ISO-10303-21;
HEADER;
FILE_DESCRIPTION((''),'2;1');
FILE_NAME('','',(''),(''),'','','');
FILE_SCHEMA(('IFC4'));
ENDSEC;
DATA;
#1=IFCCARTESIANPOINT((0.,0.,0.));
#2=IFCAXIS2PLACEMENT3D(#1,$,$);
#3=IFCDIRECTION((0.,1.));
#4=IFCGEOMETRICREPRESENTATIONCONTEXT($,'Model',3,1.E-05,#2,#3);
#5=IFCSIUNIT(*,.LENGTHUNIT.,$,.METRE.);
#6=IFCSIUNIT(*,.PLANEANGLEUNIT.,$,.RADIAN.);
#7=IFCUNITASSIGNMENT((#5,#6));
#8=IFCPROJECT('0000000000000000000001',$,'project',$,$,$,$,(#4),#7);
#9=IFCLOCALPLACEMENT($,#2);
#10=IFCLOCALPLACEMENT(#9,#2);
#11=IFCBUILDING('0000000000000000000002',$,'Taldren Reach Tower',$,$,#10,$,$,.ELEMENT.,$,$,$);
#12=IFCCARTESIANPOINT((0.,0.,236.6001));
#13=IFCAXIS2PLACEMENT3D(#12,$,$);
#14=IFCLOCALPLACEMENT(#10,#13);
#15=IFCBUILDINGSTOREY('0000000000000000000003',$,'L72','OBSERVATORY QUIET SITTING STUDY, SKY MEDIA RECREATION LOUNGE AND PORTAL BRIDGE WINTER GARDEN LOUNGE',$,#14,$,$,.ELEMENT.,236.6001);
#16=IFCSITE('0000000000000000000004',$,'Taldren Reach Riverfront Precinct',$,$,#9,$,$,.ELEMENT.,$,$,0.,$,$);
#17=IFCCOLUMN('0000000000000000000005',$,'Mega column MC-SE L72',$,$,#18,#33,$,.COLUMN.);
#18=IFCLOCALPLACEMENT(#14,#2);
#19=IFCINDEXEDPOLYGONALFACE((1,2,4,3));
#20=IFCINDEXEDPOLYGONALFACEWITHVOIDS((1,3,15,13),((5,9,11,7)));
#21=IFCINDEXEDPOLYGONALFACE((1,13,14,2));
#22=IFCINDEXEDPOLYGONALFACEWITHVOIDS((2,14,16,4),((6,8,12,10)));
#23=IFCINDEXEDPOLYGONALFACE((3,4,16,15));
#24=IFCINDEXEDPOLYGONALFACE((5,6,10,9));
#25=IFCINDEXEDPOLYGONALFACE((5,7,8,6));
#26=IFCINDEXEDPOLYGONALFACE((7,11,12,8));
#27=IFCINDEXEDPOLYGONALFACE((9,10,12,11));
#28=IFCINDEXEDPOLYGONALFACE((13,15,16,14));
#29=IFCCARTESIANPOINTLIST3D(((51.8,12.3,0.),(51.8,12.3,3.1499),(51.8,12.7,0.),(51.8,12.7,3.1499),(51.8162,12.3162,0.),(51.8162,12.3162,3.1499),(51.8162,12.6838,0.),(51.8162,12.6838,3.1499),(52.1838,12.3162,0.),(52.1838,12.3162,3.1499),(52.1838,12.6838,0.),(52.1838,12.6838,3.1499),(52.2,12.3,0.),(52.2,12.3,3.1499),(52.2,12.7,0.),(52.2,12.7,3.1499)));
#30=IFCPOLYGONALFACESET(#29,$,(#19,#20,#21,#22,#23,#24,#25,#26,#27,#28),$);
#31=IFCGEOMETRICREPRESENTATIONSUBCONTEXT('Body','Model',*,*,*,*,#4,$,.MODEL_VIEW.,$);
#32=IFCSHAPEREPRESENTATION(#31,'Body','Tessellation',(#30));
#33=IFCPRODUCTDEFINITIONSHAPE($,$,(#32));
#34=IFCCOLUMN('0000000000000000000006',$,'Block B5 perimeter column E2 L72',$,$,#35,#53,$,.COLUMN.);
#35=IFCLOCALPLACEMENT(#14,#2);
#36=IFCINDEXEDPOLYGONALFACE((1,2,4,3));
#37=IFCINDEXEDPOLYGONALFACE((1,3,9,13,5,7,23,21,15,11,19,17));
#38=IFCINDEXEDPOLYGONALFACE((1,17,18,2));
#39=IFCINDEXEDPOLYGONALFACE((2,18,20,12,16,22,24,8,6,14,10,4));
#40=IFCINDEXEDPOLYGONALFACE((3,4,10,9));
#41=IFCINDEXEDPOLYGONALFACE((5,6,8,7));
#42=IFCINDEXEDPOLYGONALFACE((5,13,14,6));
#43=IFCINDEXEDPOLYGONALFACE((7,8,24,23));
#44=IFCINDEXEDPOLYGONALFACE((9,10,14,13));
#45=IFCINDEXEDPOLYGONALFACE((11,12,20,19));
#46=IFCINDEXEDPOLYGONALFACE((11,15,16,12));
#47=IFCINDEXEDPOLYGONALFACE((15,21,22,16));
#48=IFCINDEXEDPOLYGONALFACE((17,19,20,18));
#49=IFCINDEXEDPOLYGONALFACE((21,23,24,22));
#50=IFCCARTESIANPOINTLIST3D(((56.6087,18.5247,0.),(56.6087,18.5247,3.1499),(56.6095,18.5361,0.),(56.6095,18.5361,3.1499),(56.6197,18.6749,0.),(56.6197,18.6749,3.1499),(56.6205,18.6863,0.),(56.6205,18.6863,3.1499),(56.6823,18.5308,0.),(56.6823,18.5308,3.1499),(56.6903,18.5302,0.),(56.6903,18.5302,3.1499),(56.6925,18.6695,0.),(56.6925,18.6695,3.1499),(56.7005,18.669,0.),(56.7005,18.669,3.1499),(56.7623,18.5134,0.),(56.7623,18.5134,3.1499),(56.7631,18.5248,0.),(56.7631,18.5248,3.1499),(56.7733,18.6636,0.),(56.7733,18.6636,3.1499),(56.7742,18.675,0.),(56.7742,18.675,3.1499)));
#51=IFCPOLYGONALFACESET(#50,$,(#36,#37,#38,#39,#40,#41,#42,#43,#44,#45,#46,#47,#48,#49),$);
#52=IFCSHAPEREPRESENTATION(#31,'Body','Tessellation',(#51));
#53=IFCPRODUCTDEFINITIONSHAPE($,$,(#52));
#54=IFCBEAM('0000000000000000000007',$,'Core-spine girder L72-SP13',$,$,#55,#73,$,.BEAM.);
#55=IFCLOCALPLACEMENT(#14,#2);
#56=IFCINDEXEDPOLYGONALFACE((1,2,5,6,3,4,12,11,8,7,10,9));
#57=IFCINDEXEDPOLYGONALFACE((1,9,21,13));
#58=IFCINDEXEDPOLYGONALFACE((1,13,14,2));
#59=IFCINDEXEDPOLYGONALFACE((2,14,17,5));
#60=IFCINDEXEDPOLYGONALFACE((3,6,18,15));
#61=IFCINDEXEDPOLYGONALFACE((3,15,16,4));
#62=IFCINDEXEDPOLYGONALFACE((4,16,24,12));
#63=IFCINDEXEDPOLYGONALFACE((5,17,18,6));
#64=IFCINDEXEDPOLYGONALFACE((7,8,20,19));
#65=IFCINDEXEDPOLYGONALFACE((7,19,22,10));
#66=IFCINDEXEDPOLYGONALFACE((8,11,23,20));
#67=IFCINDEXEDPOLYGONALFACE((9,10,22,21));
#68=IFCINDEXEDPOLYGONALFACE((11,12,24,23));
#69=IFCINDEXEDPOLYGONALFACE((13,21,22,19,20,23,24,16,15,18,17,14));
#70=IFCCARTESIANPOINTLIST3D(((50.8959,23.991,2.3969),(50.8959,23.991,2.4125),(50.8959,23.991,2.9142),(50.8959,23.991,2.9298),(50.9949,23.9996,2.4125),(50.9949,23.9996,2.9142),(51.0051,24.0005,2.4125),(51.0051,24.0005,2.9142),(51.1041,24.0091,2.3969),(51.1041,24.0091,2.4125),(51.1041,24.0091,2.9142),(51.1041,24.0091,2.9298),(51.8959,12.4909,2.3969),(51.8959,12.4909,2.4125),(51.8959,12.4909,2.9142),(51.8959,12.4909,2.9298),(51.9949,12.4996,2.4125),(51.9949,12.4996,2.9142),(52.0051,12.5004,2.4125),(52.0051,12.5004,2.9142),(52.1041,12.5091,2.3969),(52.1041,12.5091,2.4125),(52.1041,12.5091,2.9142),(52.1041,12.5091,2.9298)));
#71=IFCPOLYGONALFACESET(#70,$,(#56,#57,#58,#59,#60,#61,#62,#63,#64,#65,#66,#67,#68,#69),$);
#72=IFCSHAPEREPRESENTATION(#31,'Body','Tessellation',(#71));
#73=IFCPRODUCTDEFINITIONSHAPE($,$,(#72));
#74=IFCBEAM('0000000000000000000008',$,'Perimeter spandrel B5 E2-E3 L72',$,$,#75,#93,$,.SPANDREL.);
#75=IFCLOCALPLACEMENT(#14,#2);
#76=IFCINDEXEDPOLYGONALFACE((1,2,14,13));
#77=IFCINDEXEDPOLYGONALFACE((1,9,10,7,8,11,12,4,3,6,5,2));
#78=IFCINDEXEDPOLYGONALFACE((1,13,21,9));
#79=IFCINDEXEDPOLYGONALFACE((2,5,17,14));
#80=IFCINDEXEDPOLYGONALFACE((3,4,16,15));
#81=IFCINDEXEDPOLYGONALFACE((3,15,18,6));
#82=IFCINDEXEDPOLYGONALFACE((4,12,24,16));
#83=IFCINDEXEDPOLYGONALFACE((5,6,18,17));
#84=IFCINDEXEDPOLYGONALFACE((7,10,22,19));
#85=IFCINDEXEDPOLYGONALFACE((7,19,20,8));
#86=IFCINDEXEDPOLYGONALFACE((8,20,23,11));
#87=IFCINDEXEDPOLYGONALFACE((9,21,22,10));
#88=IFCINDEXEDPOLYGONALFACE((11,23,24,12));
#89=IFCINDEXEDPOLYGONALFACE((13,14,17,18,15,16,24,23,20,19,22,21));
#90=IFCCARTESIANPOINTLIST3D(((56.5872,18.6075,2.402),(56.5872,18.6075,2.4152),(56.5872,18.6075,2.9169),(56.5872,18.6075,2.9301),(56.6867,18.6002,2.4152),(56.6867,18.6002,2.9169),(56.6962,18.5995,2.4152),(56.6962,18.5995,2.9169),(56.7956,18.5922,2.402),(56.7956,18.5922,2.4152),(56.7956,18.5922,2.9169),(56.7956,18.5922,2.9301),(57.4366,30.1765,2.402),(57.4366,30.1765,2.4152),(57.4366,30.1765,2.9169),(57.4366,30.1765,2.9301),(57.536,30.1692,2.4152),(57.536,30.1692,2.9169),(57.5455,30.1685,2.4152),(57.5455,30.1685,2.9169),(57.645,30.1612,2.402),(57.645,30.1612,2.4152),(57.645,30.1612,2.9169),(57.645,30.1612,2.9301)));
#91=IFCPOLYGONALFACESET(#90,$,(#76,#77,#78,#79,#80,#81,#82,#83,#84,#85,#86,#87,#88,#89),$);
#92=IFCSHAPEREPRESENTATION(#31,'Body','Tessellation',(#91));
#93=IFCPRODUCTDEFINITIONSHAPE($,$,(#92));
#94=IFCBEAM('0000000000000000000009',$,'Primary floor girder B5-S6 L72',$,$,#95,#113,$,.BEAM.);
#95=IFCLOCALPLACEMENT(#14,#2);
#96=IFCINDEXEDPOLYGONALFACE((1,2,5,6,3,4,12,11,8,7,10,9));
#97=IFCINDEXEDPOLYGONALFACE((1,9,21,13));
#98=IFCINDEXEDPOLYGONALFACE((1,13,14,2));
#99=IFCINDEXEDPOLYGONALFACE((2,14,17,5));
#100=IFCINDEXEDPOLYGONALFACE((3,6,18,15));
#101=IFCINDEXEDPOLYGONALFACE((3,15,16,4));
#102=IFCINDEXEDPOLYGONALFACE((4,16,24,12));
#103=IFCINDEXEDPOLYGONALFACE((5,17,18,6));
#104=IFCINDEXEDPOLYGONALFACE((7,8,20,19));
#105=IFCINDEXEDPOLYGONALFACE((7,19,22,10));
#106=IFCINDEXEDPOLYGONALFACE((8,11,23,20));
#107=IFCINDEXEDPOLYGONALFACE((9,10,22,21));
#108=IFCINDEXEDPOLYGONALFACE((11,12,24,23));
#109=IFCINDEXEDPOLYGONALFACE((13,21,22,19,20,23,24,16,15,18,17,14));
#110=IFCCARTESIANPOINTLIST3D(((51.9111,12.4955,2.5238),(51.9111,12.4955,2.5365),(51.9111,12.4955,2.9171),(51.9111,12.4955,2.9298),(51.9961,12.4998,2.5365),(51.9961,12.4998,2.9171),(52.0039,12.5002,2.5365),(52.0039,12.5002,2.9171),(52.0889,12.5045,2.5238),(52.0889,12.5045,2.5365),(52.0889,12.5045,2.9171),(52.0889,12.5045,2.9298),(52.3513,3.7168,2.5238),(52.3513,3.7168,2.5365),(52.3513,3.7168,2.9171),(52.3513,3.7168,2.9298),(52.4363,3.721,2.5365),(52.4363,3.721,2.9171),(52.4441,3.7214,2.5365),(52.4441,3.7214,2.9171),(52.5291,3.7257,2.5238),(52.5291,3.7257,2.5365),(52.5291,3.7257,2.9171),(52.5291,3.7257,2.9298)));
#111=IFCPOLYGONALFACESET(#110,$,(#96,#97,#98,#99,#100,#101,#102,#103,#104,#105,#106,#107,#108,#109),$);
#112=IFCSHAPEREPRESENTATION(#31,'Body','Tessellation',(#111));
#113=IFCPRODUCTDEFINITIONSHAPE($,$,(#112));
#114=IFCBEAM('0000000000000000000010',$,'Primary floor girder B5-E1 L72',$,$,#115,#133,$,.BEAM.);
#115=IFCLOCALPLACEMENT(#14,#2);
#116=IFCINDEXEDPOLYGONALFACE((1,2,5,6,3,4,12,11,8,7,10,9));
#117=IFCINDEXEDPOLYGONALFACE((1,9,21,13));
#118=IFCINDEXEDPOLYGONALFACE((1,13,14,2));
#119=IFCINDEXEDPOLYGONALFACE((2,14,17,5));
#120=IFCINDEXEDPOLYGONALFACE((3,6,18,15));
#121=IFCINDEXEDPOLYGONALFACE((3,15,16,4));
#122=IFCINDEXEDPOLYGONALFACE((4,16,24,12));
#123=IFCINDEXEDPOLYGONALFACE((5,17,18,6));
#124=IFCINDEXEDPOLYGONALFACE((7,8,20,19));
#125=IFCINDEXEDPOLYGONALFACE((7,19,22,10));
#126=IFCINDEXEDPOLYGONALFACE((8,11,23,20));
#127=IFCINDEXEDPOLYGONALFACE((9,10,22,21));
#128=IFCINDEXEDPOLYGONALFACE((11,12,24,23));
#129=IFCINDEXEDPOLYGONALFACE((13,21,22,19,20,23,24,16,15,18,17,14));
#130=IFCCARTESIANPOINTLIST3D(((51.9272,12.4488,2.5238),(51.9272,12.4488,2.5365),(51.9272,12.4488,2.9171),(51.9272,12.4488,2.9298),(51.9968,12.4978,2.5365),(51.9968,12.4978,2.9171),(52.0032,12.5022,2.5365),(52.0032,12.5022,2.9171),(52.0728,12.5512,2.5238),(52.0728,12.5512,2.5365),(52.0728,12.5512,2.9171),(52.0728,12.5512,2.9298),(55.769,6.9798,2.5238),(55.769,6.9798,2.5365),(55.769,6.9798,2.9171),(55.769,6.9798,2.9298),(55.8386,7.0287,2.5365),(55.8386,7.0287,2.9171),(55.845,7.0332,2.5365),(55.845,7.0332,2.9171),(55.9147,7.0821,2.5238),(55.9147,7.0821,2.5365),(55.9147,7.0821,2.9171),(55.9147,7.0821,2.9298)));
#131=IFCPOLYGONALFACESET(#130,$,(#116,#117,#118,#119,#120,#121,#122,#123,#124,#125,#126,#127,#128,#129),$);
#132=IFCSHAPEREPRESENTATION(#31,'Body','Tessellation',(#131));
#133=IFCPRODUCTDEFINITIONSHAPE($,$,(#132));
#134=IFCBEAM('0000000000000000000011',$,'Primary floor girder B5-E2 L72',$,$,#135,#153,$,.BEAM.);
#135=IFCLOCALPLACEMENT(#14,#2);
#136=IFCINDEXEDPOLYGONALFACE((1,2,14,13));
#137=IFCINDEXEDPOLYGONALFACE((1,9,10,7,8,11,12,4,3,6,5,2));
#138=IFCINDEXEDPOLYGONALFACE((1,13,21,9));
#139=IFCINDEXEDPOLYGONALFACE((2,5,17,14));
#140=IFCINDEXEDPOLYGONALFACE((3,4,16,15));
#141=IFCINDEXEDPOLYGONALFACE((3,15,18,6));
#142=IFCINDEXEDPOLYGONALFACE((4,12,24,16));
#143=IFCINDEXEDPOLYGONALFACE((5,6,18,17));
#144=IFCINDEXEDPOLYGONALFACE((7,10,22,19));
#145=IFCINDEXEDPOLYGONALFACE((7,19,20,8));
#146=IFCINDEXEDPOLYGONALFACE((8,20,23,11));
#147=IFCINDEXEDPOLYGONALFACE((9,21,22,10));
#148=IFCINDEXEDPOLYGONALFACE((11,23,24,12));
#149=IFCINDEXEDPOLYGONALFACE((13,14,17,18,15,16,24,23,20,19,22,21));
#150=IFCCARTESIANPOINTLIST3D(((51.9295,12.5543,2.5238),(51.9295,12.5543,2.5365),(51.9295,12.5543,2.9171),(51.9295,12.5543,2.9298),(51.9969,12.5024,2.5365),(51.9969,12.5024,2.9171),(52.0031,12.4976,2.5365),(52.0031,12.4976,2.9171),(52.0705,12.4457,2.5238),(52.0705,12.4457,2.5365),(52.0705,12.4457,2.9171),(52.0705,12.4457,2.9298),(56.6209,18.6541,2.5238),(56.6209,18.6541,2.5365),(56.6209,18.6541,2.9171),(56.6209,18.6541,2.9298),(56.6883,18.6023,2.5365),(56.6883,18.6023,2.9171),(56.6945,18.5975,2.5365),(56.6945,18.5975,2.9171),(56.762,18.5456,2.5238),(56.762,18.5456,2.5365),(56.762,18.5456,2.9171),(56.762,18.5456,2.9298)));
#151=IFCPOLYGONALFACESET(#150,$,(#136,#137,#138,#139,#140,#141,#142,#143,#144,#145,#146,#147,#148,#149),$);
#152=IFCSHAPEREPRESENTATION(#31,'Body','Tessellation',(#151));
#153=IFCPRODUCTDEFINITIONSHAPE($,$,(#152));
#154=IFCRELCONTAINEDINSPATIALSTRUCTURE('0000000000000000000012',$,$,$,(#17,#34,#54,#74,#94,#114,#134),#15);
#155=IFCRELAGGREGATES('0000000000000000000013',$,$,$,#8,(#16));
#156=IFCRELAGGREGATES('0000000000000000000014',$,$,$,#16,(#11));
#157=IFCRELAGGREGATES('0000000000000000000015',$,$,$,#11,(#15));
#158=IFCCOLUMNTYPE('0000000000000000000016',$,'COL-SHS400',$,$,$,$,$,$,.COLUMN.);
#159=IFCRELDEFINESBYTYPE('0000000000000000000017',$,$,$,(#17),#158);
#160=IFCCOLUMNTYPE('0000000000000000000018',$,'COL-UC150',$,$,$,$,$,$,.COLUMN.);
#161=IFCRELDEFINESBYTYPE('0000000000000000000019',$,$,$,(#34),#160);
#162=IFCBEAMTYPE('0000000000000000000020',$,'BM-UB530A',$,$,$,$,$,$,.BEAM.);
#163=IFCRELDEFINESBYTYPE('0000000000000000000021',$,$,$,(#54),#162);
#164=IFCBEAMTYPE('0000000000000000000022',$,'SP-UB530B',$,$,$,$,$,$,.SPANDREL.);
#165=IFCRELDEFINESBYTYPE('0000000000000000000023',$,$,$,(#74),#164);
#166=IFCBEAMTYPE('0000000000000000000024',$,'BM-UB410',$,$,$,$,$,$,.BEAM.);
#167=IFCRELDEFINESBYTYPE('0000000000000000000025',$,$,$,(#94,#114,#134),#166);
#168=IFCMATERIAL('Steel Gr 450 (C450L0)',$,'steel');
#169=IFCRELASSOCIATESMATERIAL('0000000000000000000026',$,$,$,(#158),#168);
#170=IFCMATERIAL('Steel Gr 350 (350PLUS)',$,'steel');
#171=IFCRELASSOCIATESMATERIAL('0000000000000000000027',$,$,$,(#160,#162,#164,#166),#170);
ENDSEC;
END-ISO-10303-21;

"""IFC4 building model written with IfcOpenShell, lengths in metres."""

from ifc_helpers import new_model, si_unit, direction, frame, origin, origin_2d, place, context, subcontext, project, spatial, hollow_rectangle, i_section, extrude, source, transform, mapped, material, material_profile, profile_set, type_object, element, save


model = new_model("IFC4")

# Units and contexts
model_context = context("Model", 3, precision=1e-05, world=origin(), true_north=direction((0.0, 1.0)))
body_context = subcontext(model_context, "Body", "Model", "MODEL_VIEW")
ifc_project = project(units=[si_unit("LENGTHUNIT", "METRE"), si_unit("PLANEANGLEUNIT", "RADIAN")], contexts=[model_context])

# Site, building, storey
site_placement = place(None, origin())
site = spatial("IfcSite", under=ifc_project, at=site_placement, Name="Taldren Reach Riverfront Precinct", CompositionType="ELEMENT", RefElevation=0.0)
building_placement = place(site_placement, origin())
building = spatial("IfcBuilding", under=site, at=building_placement, Name="Taldren Reach Tower", CompositionType="ELEMENT")
storey_placement = place(building_placement, frame((0.0, 0.0, 236.6001)))
storey = spatial("IfcBuildingStorey", under=building, at=storey_placement, Name="L72", Description="OBSERVATORY QUIET SITTING STUDY, SKY MEDIA RECREATION LOUNGE AND PORTAL BRIDGE WINTER GARDEN LOUNGE", CompositionType="ELEMENT", Elevation=236.6001)

# Columns
ifc_material_1 = material(Name="Steel Gr 450 (C450L0)", Category="steel")
ifc_material_profile_1 = material_profile(ifc_material_1, hollow_rectangle(XDim=0.3999, YDim=0.3999, WallThickness=0.0161, at=origin_2d()), Name="400x400x16.0SHS")
ifc_profile_set_1 = profile_set([ifc_material_profile_1], Name="Steel Gr 450 (C450L0)")
column_type_1 = type_object("IfcColumnType", Name="COL-SHS400", PredefinedType="COLUMN", material=ifc_profile_set_1)
shared_shape_1 = source(origin(), body_context, "Body", "SweptSolid", [
    extrude(hollow_rectangle(XDim=0.3999, YDim=0.3999, WallThickness=0.0161, at=origin_2d()), origin(), (0.0, 0.0, 1.0), 3.1499),
])
column_1_placement = place(storey_placement, frame((52.0, 12.5, 0.0), z_axis=(0.0, 0.0, 1.0), x_axis=(1.0, 0.0, 0.0)))
element("IfcColumn", 1, at=column_1_placement, inside=storey, type_object=column_type_1, Name="Mega column MC-SE L72", PredefinedType="COLUMN", context=body_context, shape_type="MappedRepresentation", body=[
    mapped(shared_shape_1, transform((0.0, 0.0, 0.0), scale=1.0)),
])
ifc_material_2 = material(Name="Steel Gr 350 (350PLUS)", Category="steel")
ifc_material_profile_2 = material_profile(ifc_material_2, i_section(OverallWidth=0.1541, OverallDepth=0.1621, WebThickness=0.0081, FlangeThickness=0.0115, at=origin_2d()), Name="150UC37.2")
ifc_profile_set_2 = profile_set([ifc_material_profile_2], Name="Steel Gr 350 (350PLUS)")
column_type_2 = type_object("IfcColumnType", Name="COL-UC150", PredefinedType="COLUMN", material=ifc_profile_set_2)
shared_shape_2 = source(origin(), body_context, "Body", "SweptSolid", [
    extrude(i_section(OverallWidth=0.1541, OverallDepth=0.1621, WebThickness=0.0081, FlangeThickness=0.0115, at=origin_2d()), origin(), (0.0, 0.0, 1.0), 3.1499),
])
column_2_placement = place(storey_placement, frame((56.6914, 18.5999, 0.0), z_axis=(0.0, 0.0, 1.0), x_axis=(0.997314, -0.073238, 0.0)))
element("IfcColumn", 2, at=column_2_placement, inside=storey, type_object=column_type_2, Name="Block B5 perimeter column E2 L72", PredefinedType="COLUMN", context=body_context, shape_type="MappedRepresentation", body=[
    mapped(shared_shape_2, transform((0.0, 0.0, 0.0), scale=1.0)),
])

# Beams
ifc_material_profile_3 = material_profile(ifc_material_2, i_section(OverallWidth=0.209, OverallDepth=0.533, WebThickness=0.0103, FlangeThickness=0.0156, at=origin_2d()), Name="530UB92.4")
ifc_profile_set_3 = profile_set([ifc_material_profile_3], Name="Steel Gr 350 (350PLUS)")
beam_type_1 = type_object("IfcBeamType", Name="BM-UB530A", PredefinedType="BEAM", material=ifc_profile_set_3)
shared_shape_3 = source(origin(), body_context, "Body", "SweptSolid", [
    extrude(i_section(OverallWidth=0.209, OverallDepth=0.533, WebThickness=0.0103, FlangeThickness=0.0156, at=origin_2d()), origin(), (0.0, 0.0, 1.0), 11.5435),
])
beam_1_placement = place(storey_placement, frame((52.0, 12.5, 2.6633), z_axis=(-0.08663, 0.996241, 0.0), x_axis=(-0.996241, -0.08663, 0.0)))
element("IfcBeam", 3, at=beam_1_placement, inside=storey, type_object=beam_type_1, Name="Core-spine girder L72-SP13", PredefinedType="BEAM", context=body_context, shape_type="MappedRepresentation", body=[
    mapped(shared_shape_3, transform((0.0, 0.0, 0.0), scale=1.0)),
])
ifc_material_profile_4 = material_profile(ifc_material_2, i_section(OverallWidth=0.209, OverallDepth=0.5281, WebThickness=0.0095, FlangeThickness=0.0132, at=origin_2d()), Name="530UB82.0")
ifc_profile_set_4 = profile_set([ifc_material_profile_4], Name="Steel Gr 350 (350PLUS)")
beam_type_2 = type_object("IfcBeamType", Name="SP-UB530B", PredefinedType="SPANDREL", material=ifc_profile_set_4)
shared_shape_4 = source(origin(), body_context, "Body", "SweptSolid", [
    extrude(i_section(OverallWidth=0.209, OverallDepth=0.5281, WebThickness=0.0095, FlangeThickness=0.0132, at=origin_2d()), origin(), (0.0, 0.0, 1.0), 11.6001),
])
beam_2_placement = place(storey_placement, frame((56.6914, 18.5999, 2.666), z_axis=(0.073221, 0.997316, 0.0), x_axis=(-0.997316, 0.073221, 0.0)))
element("IfcBeam", 4, at=beam_2_placement, inside=storey, type_object=beam_type_2, Name="Perimeter spandrel B5 E2-E3 L72", PredefinedType="SPANDREL", context=body_context, shape_type="MappedRepresentation", body=[
    mapped(shared_shape_4, transform((0.0, 0.0, 0.0), scale=1.0)),
])
ifc_material_profile_5 = material_profile(ifc_material_2, i_section(OverallWidth=0.178, OverallDepth=0.406, WebThickness=0.0078, FlangeThickness=0.0127, at=origin_2d()), Name="410UB59.7")
ifc_profile_set_5 = profile_set([ifc_material_profile_5], Name="Steel Gr 350 (350PLUS)")
beam_type_3 = type_object("IfcBeamType", Name="BM-UB410", PredefinedType="BEAM", material=ifc_profile_set_5)
shared_shape_5 = source(origin(), body_context, "Body", "SweptSolid", [
    extrude(i_section(OverallWidth=0.178, OverallDepth=0.406, WebThickness=0.0078, FlangeThickness=0.0127, at=origin_2d()), origin(), (0.0, 0.0, 1.0), 8.7898),
])
beam_3_placement = place(storey_placement, frame((52.0, 12.5, 2.7268), z_axis=(0.050079, -0.998745, 0.0), x_axis=(0.998745, 0.050079, 0.0)))
element("IfcBeam", 5, at=beam_3_placement, inside=storey, type_object=beam_type_3, Name="Primary floor girder B5-S6 L72", PredefinedType="BEAM", context=body_context, shape_type="MappedRepresentation", body=[
    mapped(shared_shape_5, transform((0.0, 0.0, 0.0), scale=1.0)),
])
shared_shape_6 = source(origin(), body_context, "Body", "SweptSolid", [
    extrude(i_section(OverallWidth=0.178, OverallDepth=0.406, WebThickness=0.0078, FlangeThickness=0.0127, at=origin_2d()), origin(), (0.0, 0.0, 1.0), 6.6836),
])
beam_4_placement = place(storey_placement, frame((52.0, 12.5, 2.7268), z_axis=(0.574817, -0.818282, 0.0), x_axis=(0.818282, 0.574817, 0.0)))
element("IfcBeam", 6, at=beam_4_placement, inside=storey, type_object=beam_type_3, Name="Primary floor girder B5-E1 L72", PredefinedType="BEAM", context=body_context, shape_type="MappedRepresentation", body=[
    mapped(shared_shape_6, transform((0.0, 0.0, 0.0), scale=1.0)),
])
shared_shape_7 = source(origin(), body_context, "Body", "SweptSolid", [
    extrude(i_section(OverallWidth=0.178, OverallDepth=0.406, WebThickness=0.0078, FlangeThickness=0.0127, at=origin_2d()), origin(), (0.0, 0.0, 1.0), 7.6953),
])
beam_5_placement = place(storey_placement, frame((52.0, 12.5, 2.7268), z_axis=(0.609646, 0.792674, 0.0), x_axis=(-0.792674, 0.609646, 0.0)))
element("IfcBeam", 7, at=beam_5_placement, inside=storey, type_object=beam_type_3, Name="Primary floor girder B5-E2 L72", PredefinedType="BEAM", context=body_context, shape_type="MappedRepresentation", body=[
    mapped(shared_shape_7, transform((0.0, 0.0, 0.0), scale=1.0)),
])

save(model, "model.ifc")
